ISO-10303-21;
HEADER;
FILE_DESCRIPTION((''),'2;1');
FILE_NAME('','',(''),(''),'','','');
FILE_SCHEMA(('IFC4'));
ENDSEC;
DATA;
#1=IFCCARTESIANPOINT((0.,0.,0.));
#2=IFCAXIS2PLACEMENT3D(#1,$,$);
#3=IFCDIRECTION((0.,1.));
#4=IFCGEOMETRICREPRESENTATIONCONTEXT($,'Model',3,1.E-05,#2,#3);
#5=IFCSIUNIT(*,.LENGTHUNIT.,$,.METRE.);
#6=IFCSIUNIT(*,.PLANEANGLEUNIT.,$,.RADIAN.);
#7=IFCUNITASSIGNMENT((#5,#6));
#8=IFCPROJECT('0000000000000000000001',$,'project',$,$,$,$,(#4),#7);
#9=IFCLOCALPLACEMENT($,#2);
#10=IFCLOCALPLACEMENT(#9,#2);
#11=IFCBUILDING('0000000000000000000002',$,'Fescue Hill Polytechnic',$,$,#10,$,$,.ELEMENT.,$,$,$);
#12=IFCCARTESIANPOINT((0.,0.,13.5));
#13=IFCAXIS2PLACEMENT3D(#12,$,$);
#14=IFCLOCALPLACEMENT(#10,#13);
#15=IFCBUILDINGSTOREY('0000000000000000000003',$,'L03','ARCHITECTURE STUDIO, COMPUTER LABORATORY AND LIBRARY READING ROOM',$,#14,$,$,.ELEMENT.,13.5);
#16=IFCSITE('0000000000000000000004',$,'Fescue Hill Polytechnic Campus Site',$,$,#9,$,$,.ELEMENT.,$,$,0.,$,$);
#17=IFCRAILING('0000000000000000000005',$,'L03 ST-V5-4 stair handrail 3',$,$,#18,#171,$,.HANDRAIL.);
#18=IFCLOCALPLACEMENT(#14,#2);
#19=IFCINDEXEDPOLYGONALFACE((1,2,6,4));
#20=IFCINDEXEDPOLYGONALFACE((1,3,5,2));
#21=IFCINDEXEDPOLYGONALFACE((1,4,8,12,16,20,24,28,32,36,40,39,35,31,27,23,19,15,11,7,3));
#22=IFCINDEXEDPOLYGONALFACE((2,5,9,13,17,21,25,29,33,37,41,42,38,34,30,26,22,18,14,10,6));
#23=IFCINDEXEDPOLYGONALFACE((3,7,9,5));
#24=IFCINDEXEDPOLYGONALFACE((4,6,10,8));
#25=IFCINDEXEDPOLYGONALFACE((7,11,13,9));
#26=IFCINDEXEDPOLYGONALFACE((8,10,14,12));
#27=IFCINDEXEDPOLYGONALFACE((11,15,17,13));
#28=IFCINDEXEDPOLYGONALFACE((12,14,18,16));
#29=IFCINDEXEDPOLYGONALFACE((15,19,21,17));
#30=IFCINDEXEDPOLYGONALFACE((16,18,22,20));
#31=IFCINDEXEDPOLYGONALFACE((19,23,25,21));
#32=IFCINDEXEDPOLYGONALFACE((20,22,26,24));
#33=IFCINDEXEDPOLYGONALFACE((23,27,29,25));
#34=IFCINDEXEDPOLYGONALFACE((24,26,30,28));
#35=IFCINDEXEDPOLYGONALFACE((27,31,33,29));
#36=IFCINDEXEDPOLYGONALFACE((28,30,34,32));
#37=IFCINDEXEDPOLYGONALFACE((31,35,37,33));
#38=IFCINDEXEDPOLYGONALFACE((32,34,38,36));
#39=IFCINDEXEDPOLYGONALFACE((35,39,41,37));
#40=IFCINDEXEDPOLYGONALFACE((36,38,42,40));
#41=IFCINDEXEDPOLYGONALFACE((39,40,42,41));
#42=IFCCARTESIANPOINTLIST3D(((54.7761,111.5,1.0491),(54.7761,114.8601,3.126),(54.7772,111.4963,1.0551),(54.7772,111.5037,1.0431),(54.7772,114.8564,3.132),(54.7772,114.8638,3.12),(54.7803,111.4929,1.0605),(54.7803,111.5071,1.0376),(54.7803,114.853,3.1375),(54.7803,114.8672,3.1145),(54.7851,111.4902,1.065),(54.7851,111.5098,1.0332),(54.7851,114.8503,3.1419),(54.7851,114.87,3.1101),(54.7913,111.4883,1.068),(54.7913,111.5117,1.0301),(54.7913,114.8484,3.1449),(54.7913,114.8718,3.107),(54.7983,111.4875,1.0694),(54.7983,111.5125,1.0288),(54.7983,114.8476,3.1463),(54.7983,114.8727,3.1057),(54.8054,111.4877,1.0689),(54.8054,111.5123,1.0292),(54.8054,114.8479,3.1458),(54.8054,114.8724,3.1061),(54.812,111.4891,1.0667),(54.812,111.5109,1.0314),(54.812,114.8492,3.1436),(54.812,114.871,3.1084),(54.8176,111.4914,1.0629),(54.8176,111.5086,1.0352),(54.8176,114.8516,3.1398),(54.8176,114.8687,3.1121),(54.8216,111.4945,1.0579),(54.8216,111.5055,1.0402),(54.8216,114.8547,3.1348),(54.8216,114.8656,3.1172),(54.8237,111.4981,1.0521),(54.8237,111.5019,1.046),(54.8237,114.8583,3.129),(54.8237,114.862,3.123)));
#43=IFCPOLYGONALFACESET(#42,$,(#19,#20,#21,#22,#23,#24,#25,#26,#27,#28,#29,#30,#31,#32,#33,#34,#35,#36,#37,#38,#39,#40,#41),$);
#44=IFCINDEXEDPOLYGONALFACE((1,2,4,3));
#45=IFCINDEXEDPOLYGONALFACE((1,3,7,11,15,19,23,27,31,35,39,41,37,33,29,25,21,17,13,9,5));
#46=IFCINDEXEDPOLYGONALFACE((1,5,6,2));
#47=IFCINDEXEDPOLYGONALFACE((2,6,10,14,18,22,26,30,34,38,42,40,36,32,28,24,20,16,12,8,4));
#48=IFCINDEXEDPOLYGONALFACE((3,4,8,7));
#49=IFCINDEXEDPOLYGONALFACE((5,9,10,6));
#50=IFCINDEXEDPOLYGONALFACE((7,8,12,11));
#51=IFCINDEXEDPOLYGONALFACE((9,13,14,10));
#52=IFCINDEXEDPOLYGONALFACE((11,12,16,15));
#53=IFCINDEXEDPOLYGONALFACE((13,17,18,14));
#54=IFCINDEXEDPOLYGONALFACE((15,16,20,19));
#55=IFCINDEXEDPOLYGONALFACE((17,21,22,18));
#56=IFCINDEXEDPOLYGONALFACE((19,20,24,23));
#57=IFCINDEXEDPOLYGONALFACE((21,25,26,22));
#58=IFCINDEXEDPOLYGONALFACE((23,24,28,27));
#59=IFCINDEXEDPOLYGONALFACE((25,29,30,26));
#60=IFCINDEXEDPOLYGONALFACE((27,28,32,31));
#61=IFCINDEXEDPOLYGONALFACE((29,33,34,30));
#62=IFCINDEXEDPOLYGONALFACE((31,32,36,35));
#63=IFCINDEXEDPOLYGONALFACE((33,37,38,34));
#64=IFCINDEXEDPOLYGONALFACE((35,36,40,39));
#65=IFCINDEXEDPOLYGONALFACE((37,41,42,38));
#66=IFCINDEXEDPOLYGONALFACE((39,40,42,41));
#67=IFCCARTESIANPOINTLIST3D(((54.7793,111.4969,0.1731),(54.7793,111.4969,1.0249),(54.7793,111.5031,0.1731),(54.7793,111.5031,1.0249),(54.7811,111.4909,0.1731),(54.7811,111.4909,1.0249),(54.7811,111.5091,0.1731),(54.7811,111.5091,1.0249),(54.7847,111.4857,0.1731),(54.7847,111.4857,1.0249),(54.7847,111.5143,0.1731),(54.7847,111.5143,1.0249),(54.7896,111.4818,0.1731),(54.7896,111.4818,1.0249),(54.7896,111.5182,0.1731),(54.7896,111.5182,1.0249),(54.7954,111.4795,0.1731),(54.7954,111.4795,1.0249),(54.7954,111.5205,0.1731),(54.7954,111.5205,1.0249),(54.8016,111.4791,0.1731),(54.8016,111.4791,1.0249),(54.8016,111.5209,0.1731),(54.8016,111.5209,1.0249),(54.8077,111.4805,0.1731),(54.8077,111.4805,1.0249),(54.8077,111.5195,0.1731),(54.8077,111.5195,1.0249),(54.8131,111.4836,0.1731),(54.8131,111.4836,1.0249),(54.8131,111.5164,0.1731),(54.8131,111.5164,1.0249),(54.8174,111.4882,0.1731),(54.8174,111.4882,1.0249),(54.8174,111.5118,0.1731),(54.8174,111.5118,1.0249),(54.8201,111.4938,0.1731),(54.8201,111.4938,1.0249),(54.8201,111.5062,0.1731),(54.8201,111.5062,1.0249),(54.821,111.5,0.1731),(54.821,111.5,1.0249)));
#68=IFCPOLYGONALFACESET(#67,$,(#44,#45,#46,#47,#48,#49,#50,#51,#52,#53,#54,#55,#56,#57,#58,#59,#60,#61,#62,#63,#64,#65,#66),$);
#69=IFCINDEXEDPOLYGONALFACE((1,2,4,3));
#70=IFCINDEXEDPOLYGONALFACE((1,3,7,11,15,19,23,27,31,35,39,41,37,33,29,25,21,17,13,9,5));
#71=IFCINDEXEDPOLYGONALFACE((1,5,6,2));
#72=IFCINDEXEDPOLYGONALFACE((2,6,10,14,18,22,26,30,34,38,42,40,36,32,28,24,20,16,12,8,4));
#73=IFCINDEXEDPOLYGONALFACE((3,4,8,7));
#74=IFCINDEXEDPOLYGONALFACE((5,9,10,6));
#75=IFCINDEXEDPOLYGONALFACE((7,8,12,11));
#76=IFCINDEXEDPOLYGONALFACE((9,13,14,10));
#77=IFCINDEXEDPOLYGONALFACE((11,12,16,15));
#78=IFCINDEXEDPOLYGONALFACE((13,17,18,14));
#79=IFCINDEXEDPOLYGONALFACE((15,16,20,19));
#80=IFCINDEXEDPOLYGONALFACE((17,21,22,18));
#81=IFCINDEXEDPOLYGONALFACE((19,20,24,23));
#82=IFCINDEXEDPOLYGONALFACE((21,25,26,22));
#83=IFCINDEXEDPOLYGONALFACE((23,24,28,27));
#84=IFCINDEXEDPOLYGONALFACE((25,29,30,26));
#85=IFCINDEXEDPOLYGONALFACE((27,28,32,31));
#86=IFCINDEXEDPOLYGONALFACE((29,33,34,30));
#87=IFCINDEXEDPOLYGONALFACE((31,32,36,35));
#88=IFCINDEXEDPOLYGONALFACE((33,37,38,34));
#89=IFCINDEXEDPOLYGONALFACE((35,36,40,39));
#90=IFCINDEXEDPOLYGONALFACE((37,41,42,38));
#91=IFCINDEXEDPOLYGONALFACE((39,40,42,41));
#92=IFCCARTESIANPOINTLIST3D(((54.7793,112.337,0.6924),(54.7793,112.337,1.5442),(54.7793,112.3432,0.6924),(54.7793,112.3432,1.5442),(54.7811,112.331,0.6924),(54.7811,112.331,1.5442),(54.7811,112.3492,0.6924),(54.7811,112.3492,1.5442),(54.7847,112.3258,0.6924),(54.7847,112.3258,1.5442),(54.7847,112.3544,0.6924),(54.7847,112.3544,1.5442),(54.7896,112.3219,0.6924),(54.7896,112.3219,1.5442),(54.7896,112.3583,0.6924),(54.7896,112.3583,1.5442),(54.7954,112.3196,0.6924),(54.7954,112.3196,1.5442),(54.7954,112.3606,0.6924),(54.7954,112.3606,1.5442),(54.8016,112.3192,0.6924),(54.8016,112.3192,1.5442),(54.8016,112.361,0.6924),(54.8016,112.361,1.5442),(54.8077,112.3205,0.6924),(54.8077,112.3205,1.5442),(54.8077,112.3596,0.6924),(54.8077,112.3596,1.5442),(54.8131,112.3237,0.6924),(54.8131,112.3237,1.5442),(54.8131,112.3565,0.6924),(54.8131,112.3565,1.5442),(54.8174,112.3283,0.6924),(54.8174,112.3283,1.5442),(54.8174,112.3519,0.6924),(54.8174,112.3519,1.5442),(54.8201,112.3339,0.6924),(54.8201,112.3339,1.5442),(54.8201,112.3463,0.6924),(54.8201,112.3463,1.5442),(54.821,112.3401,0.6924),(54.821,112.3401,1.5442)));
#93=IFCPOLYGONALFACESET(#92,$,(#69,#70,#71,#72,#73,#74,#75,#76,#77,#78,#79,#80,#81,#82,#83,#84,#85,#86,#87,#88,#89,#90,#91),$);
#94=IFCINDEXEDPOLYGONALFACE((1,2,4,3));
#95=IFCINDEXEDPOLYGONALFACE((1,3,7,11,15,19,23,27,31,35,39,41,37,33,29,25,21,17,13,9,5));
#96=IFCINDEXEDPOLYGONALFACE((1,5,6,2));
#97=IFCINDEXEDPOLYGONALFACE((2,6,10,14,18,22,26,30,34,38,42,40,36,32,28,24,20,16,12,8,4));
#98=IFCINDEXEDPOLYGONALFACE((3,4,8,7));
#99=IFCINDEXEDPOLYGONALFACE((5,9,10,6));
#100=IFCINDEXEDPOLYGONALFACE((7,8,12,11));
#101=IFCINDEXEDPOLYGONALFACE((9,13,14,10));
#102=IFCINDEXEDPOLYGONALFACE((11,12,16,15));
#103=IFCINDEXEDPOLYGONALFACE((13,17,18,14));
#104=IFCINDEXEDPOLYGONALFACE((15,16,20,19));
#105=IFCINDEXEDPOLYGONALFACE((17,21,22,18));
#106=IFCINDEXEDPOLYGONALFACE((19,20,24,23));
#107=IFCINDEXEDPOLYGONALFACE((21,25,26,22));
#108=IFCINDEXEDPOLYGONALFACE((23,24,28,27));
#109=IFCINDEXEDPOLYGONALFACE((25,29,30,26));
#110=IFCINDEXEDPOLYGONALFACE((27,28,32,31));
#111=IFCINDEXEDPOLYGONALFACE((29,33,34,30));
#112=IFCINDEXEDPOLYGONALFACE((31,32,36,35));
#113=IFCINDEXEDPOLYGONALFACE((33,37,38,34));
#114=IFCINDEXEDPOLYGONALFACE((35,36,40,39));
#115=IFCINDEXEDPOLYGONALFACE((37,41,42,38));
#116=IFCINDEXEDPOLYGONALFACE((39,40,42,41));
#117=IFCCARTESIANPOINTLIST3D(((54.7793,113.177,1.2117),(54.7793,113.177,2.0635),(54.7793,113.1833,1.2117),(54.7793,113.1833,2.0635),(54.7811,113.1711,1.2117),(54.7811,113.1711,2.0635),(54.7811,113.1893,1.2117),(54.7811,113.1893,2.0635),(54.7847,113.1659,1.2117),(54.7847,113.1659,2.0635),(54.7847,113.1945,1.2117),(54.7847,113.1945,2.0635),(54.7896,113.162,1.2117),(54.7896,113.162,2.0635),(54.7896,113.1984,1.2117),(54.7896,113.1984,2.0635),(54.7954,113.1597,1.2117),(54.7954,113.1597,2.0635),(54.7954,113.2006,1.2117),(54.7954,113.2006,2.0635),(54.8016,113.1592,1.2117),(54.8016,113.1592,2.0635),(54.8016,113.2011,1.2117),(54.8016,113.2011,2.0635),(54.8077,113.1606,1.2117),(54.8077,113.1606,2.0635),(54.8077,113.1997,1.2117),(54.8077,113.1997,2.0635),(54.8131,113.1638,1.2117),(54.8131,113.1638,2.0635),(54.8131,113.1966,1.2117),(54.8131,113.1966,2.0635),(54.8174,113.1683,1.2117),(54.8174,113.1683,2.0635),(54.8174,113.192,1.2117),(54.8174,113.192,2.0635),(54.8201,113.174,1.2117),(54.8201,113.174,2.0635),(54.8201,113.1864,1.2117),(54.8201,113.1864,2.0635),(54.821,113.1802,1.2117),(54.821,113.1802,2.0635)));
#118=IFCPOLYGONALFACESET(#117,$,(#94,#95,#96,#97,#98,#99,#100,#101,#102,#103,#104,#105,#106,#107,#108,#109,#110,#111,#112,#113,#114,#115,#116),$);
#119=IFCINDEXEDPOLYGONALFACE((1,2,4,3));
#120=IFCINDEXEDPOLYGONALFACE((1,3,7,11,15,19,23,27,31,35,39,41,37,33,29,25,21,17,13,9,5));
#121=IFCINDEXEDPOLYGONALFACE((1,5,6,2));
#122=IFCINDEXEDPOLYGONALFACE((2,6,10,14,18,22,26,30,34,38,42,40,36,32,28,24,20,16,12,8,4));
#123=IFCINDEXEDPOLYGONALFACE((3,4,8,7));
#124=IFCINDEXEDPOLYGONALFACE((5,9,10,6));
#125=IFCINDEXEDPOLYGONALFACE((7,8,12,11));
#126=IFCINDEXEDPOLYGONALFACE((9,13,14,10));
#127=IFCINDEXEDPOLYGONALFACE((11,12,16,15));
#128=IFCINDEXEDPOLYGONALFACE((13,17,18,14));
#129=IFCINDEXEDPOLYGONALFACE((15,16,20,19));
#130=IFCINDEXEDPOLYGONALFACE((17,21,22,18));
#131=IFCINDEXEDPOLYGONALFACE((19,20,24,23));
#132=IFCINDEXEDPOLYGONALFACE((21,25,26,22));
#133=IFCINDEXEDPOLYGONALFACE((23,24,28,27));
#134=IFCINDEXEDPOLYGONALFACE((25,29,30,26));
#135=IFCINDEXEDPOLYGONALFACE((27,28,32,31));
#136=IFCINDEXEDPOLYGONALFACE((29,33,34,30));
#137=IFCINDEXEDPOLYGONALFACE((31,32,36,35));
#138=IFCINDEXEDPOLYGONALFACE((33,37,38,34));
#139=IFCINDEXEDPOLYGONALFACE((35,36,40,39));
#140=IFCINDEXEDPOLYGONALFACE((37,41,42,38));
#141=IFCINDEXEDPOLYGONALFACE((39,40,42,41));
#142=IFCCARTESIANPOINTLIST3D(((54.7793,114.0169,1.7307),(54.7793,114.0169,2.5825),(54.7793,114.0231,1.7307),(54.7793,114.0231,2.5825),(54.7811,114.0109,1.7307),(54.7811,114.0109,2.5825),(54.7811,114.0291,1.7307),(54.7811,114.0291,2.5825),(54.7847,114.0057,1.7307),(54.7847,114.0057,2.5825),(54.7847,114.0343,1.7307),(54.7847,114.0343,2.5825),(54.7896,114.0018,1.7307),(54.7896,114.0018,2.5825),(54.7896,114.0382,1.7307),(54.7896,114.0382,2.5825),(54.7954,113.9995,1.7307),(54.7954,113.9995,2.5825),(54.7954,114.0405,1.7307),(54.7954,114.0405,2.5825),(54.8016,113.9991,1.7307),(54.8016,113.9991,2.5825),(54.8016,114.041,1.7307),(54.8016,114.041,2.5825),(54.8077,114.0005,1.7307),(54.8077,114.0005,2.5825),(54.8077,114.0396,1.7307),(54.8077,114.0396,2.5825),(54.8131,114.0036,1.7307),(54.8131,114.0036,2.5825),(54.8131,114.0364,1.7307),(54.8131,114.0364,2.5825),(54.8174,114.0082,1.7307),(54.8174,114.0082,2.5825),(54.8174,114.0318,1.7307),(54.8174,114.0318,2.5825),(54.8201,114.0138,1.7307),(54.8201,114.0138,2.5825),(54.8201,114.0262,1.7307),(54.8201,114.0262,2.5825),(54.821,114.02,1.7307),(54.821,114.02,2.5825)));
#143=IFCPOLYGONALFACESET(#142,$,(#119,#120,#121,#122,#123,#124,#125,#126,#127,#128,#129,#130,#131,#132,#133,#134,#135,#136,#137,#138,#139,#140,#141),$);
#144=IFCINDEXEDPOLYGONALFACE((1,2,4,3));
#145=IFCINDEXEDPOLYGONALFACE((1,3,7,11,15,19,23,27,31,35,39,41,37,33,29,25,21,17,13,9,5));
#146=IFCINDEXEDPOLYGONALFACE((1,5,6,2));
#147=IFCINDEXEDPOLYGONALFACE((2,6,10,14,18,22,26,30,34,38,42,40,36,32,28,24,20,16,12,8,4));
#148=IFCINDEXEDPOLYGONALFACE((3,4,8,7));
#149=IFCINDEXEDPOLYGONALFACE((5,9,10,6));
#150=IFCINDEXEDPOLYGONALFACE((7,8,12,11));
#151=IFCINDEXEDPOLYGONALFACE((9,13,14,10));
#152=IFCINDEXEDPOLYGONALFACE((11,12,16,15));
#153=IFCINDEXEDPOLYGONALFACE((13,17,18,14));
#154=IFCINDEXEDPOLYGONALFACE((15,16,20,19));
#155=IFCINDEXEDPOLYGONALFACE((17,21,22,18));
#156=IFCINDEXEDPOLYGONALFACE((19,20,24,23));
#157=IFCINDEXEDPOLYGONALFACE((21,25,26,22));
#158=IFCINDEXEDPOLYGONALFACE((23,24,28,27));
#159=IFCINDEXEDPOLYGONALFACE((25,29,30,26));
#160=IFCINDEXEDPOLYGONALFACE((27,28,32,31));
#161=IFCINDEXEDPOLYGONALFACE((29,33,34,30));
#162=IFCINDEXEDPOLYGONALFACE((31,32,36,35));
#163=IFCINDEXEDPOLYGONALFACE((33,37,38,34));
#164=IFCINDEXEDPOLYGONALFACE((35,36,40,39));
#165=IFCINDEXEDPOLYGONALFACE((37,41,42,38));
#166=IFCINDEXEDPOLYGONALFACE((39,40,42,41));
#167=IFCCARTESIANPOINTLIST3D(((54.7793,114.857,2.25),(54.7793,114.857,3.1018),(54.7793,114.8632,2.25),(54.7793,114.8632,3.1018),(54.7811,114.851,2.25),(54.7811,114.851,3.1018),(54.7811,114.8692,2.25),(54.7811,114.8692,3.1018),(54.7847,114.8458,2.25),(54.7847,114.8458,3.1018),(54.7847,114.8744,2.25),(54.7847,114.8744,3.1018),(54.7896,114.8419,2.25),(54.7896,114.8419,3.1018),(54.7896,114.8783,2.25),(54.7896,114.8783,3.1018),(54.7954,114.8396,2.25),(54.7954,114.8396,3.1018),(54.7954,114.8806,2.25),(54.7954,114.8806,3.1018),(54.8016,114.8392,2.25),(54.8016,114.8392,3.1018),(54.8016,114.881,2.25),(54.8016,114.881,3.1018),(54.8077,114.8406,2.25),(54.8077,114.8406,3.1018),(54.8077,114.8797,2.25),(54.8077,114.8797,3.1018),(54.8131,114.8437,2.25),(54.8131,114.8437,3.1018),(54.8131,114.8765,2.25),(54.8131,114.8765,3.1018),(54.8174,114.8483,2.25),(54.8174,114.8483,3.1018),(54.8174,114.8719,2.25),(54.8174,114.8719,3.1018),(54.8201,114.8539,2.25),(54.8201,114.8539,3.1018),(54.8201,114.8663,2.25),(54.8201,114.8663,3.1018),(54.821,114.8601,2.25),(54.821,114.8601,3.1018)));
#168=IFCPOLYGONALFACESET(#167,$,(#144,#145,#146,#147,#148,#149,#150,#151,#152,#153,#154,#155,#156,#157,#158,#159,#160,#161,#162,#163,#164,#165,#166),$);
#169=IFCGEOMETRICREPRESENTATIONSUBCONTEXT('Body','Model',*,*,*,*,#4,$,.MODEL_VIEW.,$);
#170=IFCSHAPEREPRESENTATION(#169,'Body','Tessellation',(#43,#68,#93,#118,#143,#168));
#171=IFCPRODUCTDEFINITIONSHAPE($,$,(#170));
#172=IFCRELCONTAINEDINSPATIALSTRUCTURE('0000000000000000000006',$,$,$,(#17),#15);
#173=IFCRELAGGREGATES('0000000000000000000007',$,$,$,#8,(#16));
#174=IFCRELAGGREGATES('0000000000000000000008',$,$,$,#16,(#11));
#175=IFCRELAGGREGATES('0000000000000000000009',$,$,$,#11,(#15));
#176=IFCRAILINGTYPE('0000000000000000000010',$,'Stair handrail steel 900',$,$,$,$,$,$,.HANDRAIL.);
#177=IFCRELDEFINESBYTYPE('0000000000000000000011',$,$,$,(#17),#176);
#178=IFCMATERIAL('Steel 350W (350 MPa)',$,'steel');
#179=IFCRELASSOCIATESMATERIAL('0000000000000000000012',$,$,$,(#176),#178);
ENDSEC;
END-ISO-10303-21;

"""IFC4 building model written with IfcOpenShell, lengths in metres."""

from ifc_helpers import new_model, si_unit, direction, frame, origin, origin_2d, place, context, subcontext, project, spatial, circle, extrude, material, type_object, element, save


model = new_model("IFC4")

# Units and contexts
model_context = context("Model", 3, precision=1e-05, world=origin(), true_north=direction((0.0, 1.0)))
body_context = subcontext(model_context, "Body", "Model", "MODEL_VIEW")
ifc_project = project(units=[si_unit("LENGTHUNIT", "METRE"), si_unit("PLANEANGLEUNIT", "RADIAN")], contexts=[model_context])

# Site, building, storey
site_placement = place(None, origin())
site = spatial("IfcSite", under=ifc_project, at=site_placement, Name="Fescue Hill Polytechnic Campus Site", CompositionType="ELEMENT", RefElevation=0.0)
building_placement = place(site_placement, origin())
building = spatial("IfcBuilding", under=site, at=building_placement, Name="Fescue Hill Polytechnic", CompositionType="ELEMENT")
storey_placement = place(building_placement, frame((0.0, 0.0, 13.5)))
storey = spatial("IfcBuildingStorey", under=building, at=storey_placement, Name="L03", Description="ARCHITECTURE STUDIO, COMPUTER LABORATORY AND LIBRARY READING ROOM", CompositionType="ELEMENT", Elevation=13.5)

# Railing
ifc_material_1 = material(Name="Steel 350W (350 MPa)", Category="steel")
railing_type_1 = type_object("IfcRailingType", Name="Stair handrail steel 900", PredefinedType="HANDRAIL", material=ifc_material_1)
railing_1_placement = place(storey_placement, frame((54.8, 111.5, 0.1731)))
element("IfcRailing", 1, at=railing_1_placement, inside=storey, type_object=railing_type_1, Name="L03 ST-V5-4 stair handrail 3", PredefinedType="HANDRAIL", context=body_context, shape_type="SweptSolid", body=[
    extrude(circle(Radius=0.0239, at=origin_2d()), frame((0.0, 0.0, 0.876), z_axis=(0.0, 0.850623, 0.525776), x_axis=(-1.0, 0.0, 0.0)), (0.0, 0.0, 1.0), 3.9502),
    extrude(circle(Radius=0.021, at=origin_2d()), origin(), (0.0, 0.0, 1.0), 0.8518),
    extrude(circle(Radius=0.021, at=origin_2d()), frame((0.0, 0.8401, 0.5193)), (0.0, 0.0, 1.0), 0.8518),
    extrude(circle(Radius=0.021, at=origin_2d()), frame((0.0, 1.6802, 1.0386)), (0.0, 0.0, 1.0), 0.8518),
    extrude(circle(Radius=0.021, at=origin_2d()), frame((0.0, 2.52, 1.5576)), (0.0, 0.0, 1.0), 0.8518),
    extrude(circle(Radius=0.021, at=origin_2d()), frame((0.0, 3.3601, 2.0769)), (0.0, 0.0, 1.0), 0.8518),
])

save(model, "model.ifc")
